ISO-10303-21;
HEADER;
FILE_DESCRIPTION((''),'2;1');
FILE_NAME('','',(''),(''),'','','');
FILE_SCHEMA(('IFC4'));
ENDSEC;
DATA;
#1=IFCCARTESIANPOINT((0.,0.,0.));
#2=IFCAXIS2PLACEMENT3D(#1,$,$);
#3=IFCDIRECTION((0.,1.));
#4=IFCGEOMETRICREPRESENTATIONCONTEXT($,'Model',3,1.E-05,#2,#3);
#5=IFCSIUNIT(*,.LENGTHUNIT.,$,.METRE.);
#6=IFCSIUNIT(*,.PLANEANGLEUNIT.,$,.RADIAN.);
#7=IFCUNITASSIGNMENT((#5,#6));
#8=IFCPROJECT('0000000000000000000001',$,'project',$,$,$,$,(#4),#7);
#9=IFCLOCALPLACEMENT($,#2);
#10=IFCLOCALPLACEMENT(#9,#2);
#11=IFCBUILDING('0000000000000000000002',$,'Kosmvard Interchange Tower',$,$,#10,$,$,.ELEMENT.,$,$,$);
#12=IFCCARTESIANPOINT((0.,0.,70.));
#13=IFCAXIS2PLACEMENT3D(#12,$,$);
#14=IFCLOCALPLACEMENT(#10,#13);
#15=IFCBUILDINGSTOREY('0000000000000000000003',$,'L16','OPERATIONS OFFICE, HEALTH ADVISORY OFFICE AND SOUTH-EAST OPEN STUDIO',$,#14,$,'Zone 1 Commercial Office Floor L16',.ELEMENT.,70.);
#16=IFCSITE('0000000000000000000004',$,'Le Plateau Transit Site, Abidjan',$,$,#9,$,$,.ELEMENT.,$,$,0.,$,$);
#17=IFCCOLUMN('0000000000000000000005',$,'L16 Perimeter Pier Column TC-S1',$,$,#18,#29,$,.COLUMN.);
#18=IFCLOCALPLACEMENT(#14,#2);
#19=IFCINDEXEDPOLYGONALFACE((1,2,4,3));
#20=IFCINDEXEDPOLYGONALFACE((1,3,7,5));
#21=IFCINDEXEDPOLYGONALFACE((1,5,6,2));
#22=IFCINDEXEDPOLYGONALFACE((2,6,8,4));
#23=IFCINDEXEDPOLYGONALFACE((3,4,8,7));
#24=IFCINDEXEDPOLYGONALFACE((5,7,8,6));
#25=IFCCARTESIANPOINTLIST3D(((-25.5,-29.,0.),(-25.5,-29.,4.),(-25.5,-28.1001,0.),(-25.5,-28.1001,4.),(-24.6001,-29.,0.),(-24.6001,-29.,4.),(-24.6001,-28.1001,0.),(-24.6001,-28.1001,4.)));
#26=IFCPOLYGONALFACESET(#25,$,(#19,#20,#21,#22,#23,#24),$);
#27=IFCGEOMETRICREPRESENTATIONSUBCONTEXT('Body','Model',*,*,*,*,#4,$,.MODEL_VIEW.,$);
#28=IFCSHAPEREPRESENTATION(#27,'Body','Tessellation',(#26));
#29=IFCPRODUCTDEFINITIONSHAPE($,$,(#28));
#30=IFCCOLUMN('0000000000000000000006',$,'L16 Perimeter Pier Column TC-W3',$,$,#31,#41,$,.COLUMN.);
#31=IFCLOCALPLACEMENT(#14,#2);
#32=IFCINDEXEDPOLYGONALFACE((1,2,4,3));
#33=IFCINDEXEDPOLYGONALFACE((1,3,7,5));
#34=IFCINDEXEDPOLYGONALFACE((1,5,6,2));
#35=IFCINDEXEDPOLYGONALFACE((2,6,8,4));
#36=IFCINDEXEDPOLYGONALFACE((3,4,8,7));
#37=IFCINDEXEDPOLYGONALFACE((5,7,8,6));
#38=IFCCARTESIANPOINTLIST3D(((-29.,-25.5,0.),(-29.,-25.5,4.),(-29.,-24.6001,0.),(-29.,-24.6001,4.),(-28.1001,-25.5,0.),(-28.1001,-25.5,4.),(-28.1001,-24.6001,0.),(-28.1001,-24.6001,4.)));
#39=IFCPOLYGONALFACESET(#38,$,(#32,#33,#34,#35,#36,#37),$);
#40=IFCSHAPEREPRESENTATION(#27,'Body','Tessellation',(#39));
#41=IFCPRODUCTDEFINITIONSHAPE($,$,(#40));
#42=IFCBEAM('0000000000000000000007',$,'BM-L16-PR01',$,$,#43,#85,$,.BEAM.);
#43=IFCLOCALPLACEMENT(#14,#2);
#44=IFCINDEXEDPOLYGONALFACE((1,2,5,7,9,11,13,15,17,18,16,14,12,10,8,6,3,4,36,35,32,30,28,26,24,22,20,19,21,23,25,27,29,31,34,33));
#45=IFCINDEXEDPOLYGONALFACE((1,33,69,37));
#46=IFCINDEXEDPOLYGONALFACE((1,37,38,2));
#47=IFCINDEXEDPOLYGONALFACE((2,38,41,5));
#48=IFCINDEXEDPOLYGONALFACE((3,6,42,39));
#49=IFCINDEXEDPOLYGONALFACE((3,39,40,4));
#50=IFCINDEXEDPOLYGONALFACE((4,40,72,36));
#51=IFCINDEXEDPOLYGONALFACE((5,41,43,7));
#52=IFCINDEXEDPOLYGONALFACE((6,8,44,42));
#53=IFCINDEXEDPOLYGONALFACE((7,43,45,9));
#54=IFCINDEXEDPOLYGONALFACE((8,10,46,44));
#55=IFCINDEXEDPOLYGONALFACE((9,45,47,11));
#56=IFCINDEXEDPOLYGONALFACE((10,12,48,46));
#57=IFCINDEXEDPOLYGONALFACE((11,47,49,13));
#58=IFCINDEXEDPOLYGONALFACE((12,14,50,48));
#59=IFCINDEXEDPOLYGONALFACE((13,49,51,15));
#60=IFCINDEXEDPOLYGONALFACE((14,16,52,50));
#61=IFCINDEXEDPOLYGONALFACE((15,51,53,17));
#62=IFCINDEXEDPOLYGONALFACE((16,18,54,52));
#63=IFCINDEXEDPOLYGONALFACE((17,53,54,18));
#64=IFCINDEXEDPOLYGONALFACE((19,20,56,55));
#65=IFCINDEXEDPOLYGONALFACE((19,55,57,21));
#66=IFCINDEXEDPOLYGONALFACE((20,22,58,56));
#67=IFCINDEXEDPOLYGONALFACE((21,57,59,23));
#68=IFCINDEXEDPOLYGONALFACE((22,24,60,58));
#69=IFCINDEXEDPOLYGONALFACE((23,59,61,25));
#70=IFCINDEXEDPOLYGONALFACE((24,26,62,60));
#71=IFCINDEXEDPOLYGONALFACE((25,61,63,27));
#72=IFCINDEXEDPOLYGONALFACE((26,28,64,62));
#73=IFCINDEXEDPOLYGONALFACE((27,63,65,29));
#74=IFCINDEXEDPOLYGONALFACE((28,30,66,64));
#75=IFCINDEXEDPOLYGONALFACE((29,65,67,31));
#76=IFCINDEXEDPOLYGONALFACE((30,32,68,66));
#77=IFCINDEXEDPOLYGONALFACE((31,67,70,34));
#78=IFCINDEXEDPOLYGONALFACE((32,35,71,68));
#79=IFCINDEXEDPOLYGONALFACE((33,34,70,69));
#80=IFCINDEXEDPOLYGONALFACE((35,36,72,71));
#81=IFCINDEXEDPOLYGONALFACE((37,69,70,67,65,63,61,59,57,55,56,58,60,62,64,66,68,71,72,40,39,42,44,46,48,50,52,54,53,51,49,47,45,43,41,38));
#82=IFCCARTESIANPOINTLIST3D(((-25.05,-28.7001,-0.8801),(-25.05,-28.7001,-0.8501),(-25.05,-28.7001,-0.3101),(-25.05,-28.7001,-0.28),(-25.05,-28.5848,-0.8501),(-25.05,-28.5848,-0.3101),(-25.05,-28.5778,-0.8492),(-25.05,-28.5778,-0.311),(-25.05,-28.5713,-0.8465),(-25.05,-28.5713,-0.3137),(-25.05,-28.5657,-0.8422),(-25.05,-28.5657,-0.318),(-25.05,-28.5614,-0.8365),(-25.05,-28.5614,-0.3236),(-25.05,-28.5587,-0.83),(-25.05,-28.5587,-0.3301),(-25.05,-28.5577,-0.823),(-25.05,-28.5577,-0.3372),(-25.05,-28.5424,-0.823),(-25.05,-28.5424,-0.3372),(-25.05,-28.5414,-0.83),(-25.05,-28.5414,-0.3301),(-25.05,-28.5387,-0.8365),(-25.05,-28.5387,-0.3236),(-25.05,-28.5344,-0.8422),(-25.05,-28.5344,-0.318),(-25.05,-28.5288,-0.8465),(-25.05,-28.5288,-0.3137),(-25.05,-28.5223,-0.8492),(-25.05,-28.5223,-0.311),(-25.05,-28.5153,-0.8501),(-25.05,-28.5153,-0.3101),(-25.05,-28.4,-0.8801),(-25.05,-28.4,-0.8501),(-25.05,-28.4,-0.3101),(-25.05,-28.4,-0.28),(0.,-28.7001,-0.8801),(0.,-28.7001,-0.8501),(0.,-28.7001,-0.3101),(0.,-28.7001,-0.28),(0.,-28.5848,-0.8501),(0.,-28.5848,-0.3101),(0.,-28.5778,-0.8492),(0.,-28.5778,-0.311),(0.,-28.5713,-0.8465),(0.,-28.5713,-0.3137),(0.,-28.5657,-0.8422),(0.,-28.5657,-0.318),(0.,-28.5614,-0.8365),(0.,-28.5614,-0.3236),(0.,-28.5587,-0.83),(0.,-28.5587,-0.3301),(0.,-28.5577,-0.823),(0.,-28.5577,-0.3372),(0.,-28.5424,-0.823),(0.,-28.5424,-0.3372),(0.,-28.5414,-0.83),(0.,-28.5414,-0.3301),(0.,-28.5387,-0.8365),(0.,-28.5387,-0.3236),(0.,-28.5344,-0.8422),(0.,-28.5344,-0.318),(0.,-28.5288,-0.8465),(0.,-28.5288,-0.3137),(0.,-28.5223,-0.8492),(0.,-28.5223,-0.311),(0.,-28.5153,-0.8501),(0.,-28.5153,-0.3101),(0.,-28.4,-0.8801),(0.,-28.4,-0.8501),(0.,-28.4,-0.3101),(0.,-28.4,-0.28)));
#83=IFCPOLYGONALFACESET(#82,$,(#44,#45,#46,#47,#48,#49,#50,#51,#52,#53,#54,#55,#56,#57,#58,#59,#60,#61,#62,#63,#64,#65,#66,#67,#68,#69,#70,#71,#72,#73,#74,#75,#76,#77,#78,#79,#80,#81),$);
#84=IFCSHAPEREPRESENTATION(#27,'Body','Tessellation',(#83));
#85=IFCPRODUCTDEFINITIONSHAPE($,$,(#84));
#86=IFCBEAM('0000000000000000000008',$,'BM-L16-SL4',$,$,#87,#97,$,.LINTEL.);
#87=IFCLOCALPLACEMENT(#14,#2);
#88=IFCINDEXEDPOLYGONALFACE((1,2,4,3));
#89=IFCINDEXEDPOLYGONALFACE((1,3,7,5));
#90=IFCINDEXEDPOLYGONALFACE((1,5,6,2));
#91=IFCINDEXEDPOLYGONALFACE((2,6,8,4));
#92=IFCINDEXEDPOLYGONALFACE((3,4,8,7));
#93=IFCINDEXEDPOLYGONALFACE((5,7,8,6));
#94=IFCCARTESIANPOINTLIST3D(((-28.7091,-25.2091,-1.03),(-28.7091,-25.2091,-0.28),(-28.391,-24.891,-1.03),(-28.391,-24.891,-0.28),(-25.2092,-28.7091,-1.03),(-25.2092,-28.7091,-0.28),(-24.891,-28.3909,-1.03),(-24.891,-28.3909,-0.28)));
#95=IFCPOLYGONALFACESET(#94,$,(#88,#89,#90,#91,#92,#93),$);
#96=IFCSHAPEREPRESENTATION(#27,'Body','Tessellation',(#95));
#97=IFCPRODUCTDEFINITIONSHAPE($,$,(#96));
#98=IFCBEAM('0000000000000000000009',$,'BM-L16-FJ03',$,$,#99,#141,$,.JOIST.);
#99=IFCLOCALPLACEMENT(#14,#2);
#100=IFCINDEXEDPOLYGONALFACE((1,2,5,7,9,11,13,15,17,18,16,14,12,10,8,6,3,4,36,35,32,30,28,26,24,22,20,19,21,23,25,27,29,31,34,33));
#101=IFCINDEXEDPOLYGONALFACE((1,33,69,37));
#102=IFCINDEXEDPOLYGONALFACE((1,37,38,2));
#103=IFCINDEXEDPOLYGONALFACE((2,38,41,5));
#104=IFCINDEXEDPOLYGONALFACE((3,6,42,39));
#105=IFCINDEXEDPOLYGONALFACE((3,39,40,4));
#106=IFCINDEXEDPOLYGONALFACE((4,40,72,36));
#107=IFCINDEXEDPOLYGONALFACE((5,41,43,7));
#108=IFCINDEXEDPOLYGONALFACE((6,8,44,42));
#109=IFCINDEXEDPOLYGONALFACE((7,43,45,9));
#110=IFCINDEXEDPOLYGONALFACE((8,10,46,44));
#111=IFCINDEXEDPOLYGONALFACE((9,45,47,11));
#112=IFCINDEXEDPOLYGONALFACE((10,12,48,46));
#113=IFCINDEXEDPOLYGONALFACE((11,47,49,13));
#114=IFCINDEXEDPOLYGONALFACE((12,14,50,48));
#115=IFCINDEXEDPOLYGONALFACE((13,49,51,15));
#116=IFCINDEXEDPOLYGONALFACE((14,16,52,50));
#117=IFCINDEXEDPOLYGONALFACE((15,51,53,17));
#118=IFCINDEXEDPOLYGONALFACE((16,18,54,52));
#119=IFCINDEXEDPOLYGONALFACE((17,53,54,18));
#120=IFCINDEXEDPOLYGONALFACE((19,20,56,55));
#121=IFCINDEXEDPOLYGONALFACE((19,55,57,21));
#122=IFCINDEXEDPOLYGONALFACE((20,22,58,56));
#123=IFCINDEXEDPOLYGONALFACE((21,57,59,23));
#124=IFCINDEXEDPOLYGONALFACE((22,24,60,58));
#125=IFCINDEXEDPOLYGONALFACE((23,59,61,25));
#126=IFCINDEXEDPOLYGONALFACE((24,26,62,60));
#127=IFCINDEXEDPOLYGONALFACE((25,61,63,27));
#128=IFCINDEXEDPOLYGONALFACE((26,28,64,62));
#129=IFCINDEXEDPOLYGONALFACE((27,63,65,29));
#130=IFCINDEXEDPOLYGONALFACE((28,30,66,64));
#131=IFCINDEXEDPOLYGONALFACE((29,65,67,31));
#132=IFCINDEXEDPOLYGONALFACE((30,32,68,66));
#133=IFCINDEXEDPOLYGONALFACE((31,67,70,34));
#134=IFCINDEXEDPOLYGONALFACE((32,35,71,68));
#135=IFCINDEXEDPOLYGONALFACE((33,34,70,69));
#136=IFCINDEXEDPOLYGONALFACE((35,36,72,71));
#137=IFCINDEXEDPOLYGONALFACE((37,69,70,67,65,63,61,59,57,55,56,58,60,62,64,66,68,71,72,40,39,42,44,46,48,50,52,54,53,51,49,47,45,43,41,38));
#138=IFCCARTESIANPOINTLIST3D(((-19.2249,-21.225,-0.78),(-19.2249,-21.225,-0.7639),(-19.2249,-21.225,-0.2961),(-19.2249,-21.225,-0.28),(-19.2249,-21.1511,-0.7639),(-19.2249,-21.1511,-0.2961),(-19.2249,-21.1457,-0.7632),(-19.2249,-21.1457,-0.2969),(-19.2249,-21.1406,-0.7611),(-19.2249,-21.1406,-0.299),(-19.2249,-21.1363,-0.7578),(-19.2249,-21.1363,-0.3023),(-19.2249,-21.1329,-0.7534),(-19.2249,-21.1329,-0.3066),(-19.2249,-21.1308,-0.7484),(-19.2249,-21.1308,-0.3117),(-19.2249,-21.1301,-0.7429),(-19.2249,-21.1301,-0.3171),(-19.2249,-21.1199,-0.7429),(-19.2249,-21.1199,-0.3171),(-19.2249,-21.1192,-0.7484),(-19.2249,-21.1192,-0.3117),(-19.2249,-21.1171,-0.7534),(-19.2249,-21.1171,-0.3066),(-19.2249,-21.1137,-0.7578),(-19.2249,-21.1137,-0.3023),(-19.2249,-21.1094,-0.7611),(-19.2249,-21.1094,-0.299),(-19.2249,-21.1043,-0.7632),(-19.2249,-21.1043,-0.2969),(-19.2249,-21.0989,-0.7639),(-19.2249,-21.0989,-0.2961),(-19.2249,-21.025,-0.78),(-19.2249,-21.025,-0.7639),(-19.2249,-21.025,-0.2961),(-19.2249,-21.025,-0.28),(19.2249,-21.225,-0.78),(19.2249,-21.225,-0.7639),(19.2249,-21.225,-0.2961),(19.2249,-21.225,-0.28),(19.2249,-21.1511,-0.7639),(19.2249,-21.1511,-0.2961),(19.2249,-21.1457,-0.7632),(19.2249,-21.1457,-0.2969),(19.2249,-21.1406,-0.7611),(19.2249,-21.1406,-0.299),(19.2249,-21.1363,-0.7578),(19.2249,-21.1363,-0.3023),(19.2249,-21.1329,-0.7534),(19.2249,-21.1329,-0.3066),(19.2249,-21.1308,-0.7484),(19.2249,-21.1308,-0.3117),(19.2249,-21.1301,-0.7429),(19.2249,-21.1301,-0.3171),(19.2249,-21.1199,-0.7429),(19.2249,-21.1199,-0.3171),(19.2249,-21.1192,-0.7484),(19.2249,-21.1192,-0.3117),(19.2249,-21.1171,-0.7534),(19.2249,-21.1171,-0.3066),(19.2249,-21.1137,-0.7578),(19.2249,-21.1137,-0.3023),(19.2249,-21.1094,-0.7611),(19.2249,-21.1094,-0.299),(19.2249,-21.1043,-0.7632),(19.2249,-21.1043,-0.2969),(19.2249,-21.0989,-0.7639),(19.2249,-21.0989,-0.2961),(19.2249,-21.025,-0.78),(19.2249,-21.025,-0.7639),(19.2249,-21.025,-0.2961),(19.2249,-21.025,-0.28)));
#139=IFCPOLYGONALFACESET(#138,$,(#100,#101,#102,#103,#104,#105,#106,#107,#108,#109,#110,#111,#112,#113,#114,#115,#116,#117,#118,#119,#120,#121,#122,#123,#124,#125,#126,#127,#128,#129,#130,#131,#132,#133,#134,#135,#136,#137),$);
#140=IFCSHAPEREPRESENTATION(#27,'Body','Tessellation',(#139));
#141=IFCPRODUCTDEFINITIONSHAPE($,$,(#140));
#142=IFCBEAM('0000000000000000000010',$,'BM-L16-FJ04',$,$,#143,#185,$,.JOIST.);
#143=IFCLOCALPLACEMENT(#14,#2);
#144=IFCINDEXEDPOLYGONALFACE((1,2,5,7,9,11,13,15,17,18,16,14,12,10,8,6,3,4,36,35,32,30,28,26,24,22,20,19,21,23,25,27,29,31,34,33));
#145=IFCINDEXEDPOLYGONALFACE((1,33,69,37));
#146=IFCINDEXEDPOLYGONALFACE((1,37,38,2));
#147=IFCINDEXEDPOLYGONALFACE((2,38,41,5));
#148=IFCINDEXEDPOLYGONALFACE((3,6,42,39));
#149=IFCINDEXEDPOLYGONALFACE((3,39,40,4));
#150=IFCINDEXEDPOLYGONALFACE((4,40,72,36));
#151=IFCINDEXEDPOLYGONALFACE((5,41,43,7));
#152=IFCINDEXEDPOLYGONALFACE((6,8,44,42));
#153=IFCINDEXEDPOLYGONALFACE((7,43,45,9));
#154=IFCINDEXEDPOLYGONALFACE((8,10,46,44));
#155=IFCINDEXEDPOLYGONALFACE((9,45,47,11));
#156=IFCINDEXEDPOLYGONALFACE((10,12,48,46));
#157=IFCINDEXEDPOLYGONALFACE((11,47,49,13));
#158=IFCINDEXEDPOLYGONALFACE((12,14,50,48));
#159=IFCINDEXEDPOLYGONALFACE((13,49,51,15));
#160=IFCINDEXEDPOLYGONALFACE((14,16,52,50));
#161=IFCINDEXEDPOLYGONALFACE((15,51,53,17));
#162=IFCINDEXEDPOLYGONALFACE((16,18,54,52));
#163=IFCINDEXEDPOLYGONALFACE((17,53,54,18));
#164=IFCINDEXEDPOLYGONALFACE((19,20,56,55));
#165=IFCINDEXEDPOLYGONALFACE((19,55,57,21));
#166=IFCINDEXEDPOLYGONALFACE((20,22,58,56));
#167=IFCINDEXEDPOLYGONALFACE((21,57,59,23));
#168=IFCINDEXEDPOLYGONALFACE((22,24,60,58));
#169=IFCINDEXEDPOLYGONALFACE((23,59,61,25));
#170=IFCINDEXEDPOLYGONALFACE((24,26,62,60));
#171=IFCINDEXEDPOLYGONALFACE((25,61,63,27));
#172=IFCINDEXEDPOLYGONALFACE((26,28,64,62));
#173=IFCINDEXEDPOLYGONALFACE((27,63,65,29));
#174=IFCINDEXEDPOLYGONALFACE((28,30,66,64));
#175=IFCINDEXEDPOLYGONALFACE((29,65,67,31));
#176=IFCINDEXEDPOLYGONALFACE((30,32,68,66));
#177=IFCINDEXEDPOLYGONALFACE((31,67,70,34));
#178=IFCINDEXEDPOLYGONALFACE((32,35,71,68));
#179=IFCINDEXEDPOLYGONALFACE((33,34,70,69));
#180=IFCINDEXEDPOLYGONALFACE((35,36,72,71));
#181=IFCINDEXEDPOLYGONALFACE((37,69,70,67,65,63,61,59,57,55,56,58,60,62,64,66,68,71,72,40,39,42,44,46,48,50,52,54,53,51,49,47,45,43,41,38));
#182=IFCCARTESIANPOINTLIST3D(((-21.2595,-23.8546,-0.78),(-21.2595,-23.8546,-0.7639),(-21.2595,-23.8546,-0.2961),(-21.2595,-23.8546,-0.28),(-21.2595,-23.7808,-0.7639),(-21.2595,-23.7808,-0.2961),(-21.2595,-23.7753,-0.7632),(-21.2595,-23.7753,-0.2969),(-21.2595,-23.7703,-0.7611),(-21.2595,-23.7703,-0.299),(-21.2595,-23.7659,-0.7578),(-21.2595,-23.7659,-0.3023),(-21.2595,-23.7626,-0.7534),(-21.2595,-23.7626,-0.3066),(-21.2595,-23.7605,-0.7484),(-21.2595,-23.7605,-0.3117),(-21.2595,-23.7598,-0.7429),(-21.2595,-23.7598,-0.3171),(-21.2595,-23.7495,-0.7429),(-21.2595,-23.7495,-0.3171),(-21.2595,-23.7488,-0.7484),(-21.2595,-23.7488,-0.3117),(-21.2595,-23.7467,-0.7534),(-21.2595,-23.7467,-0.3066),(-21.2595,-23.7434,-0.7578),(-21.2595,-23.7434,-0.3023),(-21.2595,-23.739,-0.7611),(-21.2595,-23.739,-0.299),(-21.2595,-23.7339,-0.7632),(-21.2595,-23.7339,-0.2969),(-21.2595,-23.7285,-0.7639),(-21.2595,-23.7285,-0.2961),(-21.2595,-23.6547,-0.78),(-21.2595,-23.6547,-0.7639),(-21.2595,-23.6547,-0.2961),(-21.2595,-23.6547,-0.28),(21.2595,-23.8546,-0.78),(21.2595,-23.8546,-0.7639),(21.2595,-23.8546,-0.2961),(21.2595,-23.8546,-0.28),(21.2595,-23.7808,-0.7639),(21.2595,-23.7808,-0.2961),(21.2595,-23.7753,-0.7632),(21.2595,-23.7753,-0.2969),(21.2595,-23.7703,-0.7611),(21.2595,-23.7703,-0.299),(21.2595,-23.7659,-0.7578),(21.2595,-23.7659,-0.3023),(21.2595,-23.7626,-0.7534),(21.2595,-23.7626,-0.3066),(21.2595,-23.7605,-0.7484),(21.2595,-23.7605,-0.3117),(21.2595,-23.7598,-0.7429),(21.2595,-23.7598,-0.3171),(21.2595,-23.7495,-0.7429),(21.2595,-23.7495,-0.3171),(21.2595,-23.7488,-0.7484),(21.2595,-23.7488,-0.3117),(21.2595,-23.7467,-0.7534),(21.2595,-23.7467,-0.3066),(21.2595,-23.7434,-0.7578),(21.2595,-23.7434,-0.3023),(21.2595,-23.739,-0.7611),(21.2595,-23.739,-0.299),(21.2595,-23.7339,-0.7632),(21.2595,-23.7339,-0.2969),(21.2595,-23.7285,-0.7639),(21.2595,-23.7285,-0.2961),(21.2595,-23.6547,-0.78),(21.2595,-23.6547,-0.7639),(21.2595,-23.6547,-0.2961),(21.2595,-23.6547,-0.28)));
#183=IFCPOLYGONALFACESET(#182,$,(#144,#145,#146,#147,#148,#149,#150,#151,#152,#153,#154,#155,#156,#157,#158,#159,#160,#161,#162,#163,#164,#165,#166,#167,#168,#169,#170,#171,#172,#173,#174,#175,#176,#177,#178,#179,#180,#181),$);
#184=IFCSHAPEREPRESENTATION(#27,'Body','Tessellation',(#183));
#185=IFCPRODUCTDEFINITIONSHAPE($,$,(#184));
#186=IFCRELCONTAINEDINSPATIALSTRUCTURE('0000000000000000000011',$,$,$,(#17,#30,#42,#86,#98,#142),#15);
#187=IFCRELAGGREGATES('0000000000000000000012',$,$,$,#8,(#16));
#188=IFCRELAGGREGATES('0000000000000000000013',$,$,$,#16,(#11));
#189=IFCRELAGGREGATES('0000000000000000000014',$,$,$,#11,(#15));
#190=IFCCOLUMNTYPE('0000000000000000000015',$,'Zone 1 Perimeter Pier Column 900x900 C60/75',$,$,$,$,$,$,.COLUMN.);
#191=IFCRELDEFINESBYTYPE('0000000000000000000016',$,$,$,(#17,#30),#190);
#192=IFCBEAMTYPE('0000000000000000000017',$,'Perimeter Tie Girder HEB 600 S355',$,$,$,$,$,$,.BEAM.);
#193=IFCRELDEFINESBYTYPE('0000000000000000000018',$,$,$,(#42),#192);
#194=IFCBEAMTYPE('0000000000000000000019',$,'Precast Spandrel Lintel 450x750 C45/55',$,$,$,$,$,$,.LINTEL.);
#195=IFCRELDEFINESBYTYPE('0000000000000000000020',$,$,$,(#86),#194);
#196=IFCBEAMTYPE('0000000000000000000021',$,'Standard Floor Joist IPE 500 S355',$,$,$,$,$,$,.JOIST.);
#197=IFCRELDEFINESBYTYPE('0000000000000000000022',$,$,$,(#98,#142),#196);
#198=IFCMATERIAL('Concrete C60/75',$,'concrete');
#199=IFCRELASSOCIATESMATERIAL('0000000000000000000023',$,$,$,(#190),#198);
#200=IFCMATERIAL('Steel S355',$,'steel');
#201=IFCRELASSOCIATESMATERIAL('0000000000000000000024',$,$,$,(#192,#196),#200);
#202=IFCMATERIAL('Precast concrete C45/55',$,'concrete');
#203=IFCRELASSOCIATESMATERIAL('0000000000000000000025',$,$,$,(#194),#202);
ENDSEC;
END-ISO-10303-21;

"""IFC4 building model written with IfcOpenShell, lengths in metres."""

from ifc_helpers import new_model, si_unit, direction, frame, origin, origin_2d, place, context, subcontext, project, spatial, rectangle, i_section, extrude, source, transform, mapped, material, material_profile, profile_set, type_object, element, save


model = new_model("IFC4")

# Units and contexts
model_context = context("Model", 3, precision=1e-05, world=origin(), true_north=direction((0.0, 1.0)))
body_context = subcontext(model_context, "Body", "Model", "MODEL_VIEW")
ifc_project = project(units=[si_unit("LENGTHUNIT", "METRE"), si_unit("PLANEANGLEUNIT", "RADIAN")], contexts=[model_context])

# Site, building, storey
site_placement = place(None, origin())
site = spatial("IfcSite", under=ifc_project, at=site_placement, Name="Le Plateau Transit Site, Abidjan", CompositionType="ELEMENT", RefElevation=0.0)
building_placement = place(site_placement, origin())
building = spatial("IfcBuilding", under=site, at=building_placement, Name="Kosmvard Interchange Tower", CompositionType="ELEMENT")
storey_placement = place(building_placement, frame((0.0, 0.0, 70.0)))
storey = spatial("IfcBuildingStorey", under=building, at=storey_placement, Name="L16", Description="OPERATIONS OFFICE, HEALTH ADVISORY OFFICE AND SOUTH-EAST OPEN STUDIO", LongName="Zone 1 Commercial Office Floor L16", CompositionType="ELEMENT", Elevation=70.0)

# Columns
ifc_material_1 = material(Name="Concrete C60/75", Category="concrete")
ifc_material_profile_1 = material_profile(ifc_material_1, rectangle(XDim=0.8999, YDim=0.8999, at=origin_2d()), Name="TC 900x900")
ifc_profile_set_1 = profile_set([ifc_material_profile_1], Name="Concrete C60/75")
column_type = type_object("IfcColumnType", Name="Zone 1 Perimeter Pier Column 900x900 C60/75", PredefinedType="COLUMN", material=ifc_profile_set_1)
shared_shape_1 = source(origin(), body_context, "Body", "SweptSolid", [
    extrude(rectangle(XDim=0.8999, YDim=0.8999, at=origin_2d()), origin(), (0.0, 0.0, 1.0), 4.0),
])
for number, where, z_axis, x_axis, name in (
    (1, (-25.05, -28.55, 0.0), (0.0, 0.0, 1.0), (1.0, 0.0, 0.0), "L16 Perimeter Pier Column TC-S1"),
    (2, (-28.55, -25.05, 0.0), (0.0, 0.0, 1.0), (1.0, 0.0, 0.0), "L16 Perimeter Pier Column TC-W3"),
):
    element("IfcColumn", number, at=place(storey_placement, frame(where, z_axis=z_axis, x_axis=x_axis)), inside=storey, type_object=column_type, Name=name, PredefinedType="COLUMN", context=body_context, shape_type="MappedRepresentation", body=[
        mapped(shared_shape_1, transform((0.0, 0.0, 0.0), scale=1.0)),
    ])

# Beams
ifc_material_2 = material(Name="Steel S355", Category="steel")
ifc_material_profile_2 = material_profile(ifc_material_2, i_section(OverallWidth=0.3, OverallDepth=0.6001, WebThickness=0.0154, FlangeThickness=0.03, FilletRadius=0.0271, at=origin_2d()), Name="HEB 600")
ifc_profile_set_2 = profile_set([ifc_material_profile_2], Name="Steel S355")
beam_type_1 = type_object("IfcBeamType", Name="Perimeter Tie Girder HEB 600 S355", PredefinedType="BEAM", material=ifc_profile_set_2)
shared_shape_2 = source(origin(), body_context, "Body", "SweptSolid", [
    extrude(i_section(OverallWidth=0.3, OverallDepth=0.6001, WebThickness=0.0154, FlangeThickness=0.03, FilletRadius=0.0271, at=origin_2d()), origin(), (0.0, 0.0, 1.0), 25.05),
])
beam_1_placement = place(storey_placement, frame((-25.05, -28.55, -0.5801), z_axis=(1.0, 0.0, 0.0), x_axis=(0.0, 1.0, 0.0)))
element("IfcBeam", 3, at=beam_1_placement, inside=storey, type_object=beam_type_1, Name="BM-L16-PR01", PredefinedType="BEAM", context=body_context, shape_type="MappedRepresentation", body=[
    mapped(shared_shape_2, transform((0.0, 0.0, 0.0), scale=1.0)),
])
ifc_material_3 = material(Name="Precast concrete C45/55", Category="concrete")
ifc_material_profile_3 = material_profile(ifc_material_3, rectangle(XDim=0.45, YDim=0.75, at=origin_2d()), Name="SL 450x750")
ifc_profile_set_3 = profile_set([ifc_material_profile_3], Name="Precast concrete C45/55")
beam_type_2 = type_object("IfcBeamType", Name="Precast Spandrel Lintel 450x750 C45/55", PredefinedType="LINTEL", material=ifc_profile_set_3)
shared_shape_3 = source(origin(), body_context, "Body", "SweptSolid", [
    extrude(rectangle(XDim=0.45, YDim=0.75, at=origin_2d()), origin(), (0.0, 0.0, 1.0), 4.9497),
])
beam_2_placement = place(storey_placement, frame((-28.55, -25.05, -0.655), z_axis=(0.707107, -0.707107, 0.0), x_axis=(0.707107, 0.707107, 0.0)))
element("IfcBeam", 4, at=beam_2_placement, inside=storey, type_object=beam_type_2, Name="BM-L16-SL4", PredefinedType="LINTEL", context=body_context, shape_type="MappedRepresentation", body=[
    mapped(shared_shape_3, transform((0.0, 0.0, 0.0), scale=1.0)),
])
ifc_material_profile_4 = material_profile(ifc_material_2, i_section(OverallWidth=0.2, OverallDepth=0.5, WebThickness=0.0103, FlangeThickness=0.0161, FilletRadius=0.021, at=origin_2d()), Name="IPE 500")
ifc_profile_set_4 = profile_set([ifc_material_profile_4], Name="Steel S355")
beam_type_3 = type_object("IfcBeamType", Name="Standard Floor Joist IPE 500 S355", PredefinedType="JOIST", material=ifc_profile_set_4)
shared_shape_4 = source(origin(), body_context, "Body", "SweptSolid", [
    extrude(i_section(OverallWidth=0.2, OverallDepth=0.5, WebThickness=0.0103, FlangeThickness=0.0161, FilletRadius=0.021, at=origin_2d()), origin(), (0.0, 0.0, 1.0), 38.4497),
])
beam_3_placement = place(storey_placement, frame((-19.2249, -21.125, -0.53), z_axis=(1.0, 0.0, 0.0), x_axis=(0.0, 1.0, 0.0)))
element("IfcBeam", 5, at=beam_3_placement, inside=storey, type_object=beam_type_3, Name="BM-L16-FJ03", PredefinedType="JOIST", context=body_context, shape_type="MappedRepresentation", body=[
    mapped(shared_shape_4, transform((0.0, 0.0, 0.0), scale=1.0)),
])
shared_shape_5 = source(origin(), body_context, "Body", "SweptSolid", [
    extrude(i_section(OverallWidth=0.2, OverallDepth=0.5, WebThickness=0.0103, FlangeThickness=0.0161, FilletRadius=0.021, at=origin_2d()), origin(), (0.0, 0.0, 1.0), 42.519),
])
beam_4_placement = place(storey_placement, frame((-21.2595, -23.7546, -0.53), z_axis=(1.0, 0.0, 0.0), x_axis=(0.0, 1.0, 0.0)))
element("IfcBeam", 6, at=beam_4_placement, inside=storey, type_object=beam_type_3, Name="BM-L16-FJ04", PredefinedType="JOIST", context=body_context, shape_type="MappedRepresentation", body=[
    mapped(shared_shape_5, transform((0.0, 0.0, 0.0), scale=1.0)),
])

save(model, "model.ifc")
